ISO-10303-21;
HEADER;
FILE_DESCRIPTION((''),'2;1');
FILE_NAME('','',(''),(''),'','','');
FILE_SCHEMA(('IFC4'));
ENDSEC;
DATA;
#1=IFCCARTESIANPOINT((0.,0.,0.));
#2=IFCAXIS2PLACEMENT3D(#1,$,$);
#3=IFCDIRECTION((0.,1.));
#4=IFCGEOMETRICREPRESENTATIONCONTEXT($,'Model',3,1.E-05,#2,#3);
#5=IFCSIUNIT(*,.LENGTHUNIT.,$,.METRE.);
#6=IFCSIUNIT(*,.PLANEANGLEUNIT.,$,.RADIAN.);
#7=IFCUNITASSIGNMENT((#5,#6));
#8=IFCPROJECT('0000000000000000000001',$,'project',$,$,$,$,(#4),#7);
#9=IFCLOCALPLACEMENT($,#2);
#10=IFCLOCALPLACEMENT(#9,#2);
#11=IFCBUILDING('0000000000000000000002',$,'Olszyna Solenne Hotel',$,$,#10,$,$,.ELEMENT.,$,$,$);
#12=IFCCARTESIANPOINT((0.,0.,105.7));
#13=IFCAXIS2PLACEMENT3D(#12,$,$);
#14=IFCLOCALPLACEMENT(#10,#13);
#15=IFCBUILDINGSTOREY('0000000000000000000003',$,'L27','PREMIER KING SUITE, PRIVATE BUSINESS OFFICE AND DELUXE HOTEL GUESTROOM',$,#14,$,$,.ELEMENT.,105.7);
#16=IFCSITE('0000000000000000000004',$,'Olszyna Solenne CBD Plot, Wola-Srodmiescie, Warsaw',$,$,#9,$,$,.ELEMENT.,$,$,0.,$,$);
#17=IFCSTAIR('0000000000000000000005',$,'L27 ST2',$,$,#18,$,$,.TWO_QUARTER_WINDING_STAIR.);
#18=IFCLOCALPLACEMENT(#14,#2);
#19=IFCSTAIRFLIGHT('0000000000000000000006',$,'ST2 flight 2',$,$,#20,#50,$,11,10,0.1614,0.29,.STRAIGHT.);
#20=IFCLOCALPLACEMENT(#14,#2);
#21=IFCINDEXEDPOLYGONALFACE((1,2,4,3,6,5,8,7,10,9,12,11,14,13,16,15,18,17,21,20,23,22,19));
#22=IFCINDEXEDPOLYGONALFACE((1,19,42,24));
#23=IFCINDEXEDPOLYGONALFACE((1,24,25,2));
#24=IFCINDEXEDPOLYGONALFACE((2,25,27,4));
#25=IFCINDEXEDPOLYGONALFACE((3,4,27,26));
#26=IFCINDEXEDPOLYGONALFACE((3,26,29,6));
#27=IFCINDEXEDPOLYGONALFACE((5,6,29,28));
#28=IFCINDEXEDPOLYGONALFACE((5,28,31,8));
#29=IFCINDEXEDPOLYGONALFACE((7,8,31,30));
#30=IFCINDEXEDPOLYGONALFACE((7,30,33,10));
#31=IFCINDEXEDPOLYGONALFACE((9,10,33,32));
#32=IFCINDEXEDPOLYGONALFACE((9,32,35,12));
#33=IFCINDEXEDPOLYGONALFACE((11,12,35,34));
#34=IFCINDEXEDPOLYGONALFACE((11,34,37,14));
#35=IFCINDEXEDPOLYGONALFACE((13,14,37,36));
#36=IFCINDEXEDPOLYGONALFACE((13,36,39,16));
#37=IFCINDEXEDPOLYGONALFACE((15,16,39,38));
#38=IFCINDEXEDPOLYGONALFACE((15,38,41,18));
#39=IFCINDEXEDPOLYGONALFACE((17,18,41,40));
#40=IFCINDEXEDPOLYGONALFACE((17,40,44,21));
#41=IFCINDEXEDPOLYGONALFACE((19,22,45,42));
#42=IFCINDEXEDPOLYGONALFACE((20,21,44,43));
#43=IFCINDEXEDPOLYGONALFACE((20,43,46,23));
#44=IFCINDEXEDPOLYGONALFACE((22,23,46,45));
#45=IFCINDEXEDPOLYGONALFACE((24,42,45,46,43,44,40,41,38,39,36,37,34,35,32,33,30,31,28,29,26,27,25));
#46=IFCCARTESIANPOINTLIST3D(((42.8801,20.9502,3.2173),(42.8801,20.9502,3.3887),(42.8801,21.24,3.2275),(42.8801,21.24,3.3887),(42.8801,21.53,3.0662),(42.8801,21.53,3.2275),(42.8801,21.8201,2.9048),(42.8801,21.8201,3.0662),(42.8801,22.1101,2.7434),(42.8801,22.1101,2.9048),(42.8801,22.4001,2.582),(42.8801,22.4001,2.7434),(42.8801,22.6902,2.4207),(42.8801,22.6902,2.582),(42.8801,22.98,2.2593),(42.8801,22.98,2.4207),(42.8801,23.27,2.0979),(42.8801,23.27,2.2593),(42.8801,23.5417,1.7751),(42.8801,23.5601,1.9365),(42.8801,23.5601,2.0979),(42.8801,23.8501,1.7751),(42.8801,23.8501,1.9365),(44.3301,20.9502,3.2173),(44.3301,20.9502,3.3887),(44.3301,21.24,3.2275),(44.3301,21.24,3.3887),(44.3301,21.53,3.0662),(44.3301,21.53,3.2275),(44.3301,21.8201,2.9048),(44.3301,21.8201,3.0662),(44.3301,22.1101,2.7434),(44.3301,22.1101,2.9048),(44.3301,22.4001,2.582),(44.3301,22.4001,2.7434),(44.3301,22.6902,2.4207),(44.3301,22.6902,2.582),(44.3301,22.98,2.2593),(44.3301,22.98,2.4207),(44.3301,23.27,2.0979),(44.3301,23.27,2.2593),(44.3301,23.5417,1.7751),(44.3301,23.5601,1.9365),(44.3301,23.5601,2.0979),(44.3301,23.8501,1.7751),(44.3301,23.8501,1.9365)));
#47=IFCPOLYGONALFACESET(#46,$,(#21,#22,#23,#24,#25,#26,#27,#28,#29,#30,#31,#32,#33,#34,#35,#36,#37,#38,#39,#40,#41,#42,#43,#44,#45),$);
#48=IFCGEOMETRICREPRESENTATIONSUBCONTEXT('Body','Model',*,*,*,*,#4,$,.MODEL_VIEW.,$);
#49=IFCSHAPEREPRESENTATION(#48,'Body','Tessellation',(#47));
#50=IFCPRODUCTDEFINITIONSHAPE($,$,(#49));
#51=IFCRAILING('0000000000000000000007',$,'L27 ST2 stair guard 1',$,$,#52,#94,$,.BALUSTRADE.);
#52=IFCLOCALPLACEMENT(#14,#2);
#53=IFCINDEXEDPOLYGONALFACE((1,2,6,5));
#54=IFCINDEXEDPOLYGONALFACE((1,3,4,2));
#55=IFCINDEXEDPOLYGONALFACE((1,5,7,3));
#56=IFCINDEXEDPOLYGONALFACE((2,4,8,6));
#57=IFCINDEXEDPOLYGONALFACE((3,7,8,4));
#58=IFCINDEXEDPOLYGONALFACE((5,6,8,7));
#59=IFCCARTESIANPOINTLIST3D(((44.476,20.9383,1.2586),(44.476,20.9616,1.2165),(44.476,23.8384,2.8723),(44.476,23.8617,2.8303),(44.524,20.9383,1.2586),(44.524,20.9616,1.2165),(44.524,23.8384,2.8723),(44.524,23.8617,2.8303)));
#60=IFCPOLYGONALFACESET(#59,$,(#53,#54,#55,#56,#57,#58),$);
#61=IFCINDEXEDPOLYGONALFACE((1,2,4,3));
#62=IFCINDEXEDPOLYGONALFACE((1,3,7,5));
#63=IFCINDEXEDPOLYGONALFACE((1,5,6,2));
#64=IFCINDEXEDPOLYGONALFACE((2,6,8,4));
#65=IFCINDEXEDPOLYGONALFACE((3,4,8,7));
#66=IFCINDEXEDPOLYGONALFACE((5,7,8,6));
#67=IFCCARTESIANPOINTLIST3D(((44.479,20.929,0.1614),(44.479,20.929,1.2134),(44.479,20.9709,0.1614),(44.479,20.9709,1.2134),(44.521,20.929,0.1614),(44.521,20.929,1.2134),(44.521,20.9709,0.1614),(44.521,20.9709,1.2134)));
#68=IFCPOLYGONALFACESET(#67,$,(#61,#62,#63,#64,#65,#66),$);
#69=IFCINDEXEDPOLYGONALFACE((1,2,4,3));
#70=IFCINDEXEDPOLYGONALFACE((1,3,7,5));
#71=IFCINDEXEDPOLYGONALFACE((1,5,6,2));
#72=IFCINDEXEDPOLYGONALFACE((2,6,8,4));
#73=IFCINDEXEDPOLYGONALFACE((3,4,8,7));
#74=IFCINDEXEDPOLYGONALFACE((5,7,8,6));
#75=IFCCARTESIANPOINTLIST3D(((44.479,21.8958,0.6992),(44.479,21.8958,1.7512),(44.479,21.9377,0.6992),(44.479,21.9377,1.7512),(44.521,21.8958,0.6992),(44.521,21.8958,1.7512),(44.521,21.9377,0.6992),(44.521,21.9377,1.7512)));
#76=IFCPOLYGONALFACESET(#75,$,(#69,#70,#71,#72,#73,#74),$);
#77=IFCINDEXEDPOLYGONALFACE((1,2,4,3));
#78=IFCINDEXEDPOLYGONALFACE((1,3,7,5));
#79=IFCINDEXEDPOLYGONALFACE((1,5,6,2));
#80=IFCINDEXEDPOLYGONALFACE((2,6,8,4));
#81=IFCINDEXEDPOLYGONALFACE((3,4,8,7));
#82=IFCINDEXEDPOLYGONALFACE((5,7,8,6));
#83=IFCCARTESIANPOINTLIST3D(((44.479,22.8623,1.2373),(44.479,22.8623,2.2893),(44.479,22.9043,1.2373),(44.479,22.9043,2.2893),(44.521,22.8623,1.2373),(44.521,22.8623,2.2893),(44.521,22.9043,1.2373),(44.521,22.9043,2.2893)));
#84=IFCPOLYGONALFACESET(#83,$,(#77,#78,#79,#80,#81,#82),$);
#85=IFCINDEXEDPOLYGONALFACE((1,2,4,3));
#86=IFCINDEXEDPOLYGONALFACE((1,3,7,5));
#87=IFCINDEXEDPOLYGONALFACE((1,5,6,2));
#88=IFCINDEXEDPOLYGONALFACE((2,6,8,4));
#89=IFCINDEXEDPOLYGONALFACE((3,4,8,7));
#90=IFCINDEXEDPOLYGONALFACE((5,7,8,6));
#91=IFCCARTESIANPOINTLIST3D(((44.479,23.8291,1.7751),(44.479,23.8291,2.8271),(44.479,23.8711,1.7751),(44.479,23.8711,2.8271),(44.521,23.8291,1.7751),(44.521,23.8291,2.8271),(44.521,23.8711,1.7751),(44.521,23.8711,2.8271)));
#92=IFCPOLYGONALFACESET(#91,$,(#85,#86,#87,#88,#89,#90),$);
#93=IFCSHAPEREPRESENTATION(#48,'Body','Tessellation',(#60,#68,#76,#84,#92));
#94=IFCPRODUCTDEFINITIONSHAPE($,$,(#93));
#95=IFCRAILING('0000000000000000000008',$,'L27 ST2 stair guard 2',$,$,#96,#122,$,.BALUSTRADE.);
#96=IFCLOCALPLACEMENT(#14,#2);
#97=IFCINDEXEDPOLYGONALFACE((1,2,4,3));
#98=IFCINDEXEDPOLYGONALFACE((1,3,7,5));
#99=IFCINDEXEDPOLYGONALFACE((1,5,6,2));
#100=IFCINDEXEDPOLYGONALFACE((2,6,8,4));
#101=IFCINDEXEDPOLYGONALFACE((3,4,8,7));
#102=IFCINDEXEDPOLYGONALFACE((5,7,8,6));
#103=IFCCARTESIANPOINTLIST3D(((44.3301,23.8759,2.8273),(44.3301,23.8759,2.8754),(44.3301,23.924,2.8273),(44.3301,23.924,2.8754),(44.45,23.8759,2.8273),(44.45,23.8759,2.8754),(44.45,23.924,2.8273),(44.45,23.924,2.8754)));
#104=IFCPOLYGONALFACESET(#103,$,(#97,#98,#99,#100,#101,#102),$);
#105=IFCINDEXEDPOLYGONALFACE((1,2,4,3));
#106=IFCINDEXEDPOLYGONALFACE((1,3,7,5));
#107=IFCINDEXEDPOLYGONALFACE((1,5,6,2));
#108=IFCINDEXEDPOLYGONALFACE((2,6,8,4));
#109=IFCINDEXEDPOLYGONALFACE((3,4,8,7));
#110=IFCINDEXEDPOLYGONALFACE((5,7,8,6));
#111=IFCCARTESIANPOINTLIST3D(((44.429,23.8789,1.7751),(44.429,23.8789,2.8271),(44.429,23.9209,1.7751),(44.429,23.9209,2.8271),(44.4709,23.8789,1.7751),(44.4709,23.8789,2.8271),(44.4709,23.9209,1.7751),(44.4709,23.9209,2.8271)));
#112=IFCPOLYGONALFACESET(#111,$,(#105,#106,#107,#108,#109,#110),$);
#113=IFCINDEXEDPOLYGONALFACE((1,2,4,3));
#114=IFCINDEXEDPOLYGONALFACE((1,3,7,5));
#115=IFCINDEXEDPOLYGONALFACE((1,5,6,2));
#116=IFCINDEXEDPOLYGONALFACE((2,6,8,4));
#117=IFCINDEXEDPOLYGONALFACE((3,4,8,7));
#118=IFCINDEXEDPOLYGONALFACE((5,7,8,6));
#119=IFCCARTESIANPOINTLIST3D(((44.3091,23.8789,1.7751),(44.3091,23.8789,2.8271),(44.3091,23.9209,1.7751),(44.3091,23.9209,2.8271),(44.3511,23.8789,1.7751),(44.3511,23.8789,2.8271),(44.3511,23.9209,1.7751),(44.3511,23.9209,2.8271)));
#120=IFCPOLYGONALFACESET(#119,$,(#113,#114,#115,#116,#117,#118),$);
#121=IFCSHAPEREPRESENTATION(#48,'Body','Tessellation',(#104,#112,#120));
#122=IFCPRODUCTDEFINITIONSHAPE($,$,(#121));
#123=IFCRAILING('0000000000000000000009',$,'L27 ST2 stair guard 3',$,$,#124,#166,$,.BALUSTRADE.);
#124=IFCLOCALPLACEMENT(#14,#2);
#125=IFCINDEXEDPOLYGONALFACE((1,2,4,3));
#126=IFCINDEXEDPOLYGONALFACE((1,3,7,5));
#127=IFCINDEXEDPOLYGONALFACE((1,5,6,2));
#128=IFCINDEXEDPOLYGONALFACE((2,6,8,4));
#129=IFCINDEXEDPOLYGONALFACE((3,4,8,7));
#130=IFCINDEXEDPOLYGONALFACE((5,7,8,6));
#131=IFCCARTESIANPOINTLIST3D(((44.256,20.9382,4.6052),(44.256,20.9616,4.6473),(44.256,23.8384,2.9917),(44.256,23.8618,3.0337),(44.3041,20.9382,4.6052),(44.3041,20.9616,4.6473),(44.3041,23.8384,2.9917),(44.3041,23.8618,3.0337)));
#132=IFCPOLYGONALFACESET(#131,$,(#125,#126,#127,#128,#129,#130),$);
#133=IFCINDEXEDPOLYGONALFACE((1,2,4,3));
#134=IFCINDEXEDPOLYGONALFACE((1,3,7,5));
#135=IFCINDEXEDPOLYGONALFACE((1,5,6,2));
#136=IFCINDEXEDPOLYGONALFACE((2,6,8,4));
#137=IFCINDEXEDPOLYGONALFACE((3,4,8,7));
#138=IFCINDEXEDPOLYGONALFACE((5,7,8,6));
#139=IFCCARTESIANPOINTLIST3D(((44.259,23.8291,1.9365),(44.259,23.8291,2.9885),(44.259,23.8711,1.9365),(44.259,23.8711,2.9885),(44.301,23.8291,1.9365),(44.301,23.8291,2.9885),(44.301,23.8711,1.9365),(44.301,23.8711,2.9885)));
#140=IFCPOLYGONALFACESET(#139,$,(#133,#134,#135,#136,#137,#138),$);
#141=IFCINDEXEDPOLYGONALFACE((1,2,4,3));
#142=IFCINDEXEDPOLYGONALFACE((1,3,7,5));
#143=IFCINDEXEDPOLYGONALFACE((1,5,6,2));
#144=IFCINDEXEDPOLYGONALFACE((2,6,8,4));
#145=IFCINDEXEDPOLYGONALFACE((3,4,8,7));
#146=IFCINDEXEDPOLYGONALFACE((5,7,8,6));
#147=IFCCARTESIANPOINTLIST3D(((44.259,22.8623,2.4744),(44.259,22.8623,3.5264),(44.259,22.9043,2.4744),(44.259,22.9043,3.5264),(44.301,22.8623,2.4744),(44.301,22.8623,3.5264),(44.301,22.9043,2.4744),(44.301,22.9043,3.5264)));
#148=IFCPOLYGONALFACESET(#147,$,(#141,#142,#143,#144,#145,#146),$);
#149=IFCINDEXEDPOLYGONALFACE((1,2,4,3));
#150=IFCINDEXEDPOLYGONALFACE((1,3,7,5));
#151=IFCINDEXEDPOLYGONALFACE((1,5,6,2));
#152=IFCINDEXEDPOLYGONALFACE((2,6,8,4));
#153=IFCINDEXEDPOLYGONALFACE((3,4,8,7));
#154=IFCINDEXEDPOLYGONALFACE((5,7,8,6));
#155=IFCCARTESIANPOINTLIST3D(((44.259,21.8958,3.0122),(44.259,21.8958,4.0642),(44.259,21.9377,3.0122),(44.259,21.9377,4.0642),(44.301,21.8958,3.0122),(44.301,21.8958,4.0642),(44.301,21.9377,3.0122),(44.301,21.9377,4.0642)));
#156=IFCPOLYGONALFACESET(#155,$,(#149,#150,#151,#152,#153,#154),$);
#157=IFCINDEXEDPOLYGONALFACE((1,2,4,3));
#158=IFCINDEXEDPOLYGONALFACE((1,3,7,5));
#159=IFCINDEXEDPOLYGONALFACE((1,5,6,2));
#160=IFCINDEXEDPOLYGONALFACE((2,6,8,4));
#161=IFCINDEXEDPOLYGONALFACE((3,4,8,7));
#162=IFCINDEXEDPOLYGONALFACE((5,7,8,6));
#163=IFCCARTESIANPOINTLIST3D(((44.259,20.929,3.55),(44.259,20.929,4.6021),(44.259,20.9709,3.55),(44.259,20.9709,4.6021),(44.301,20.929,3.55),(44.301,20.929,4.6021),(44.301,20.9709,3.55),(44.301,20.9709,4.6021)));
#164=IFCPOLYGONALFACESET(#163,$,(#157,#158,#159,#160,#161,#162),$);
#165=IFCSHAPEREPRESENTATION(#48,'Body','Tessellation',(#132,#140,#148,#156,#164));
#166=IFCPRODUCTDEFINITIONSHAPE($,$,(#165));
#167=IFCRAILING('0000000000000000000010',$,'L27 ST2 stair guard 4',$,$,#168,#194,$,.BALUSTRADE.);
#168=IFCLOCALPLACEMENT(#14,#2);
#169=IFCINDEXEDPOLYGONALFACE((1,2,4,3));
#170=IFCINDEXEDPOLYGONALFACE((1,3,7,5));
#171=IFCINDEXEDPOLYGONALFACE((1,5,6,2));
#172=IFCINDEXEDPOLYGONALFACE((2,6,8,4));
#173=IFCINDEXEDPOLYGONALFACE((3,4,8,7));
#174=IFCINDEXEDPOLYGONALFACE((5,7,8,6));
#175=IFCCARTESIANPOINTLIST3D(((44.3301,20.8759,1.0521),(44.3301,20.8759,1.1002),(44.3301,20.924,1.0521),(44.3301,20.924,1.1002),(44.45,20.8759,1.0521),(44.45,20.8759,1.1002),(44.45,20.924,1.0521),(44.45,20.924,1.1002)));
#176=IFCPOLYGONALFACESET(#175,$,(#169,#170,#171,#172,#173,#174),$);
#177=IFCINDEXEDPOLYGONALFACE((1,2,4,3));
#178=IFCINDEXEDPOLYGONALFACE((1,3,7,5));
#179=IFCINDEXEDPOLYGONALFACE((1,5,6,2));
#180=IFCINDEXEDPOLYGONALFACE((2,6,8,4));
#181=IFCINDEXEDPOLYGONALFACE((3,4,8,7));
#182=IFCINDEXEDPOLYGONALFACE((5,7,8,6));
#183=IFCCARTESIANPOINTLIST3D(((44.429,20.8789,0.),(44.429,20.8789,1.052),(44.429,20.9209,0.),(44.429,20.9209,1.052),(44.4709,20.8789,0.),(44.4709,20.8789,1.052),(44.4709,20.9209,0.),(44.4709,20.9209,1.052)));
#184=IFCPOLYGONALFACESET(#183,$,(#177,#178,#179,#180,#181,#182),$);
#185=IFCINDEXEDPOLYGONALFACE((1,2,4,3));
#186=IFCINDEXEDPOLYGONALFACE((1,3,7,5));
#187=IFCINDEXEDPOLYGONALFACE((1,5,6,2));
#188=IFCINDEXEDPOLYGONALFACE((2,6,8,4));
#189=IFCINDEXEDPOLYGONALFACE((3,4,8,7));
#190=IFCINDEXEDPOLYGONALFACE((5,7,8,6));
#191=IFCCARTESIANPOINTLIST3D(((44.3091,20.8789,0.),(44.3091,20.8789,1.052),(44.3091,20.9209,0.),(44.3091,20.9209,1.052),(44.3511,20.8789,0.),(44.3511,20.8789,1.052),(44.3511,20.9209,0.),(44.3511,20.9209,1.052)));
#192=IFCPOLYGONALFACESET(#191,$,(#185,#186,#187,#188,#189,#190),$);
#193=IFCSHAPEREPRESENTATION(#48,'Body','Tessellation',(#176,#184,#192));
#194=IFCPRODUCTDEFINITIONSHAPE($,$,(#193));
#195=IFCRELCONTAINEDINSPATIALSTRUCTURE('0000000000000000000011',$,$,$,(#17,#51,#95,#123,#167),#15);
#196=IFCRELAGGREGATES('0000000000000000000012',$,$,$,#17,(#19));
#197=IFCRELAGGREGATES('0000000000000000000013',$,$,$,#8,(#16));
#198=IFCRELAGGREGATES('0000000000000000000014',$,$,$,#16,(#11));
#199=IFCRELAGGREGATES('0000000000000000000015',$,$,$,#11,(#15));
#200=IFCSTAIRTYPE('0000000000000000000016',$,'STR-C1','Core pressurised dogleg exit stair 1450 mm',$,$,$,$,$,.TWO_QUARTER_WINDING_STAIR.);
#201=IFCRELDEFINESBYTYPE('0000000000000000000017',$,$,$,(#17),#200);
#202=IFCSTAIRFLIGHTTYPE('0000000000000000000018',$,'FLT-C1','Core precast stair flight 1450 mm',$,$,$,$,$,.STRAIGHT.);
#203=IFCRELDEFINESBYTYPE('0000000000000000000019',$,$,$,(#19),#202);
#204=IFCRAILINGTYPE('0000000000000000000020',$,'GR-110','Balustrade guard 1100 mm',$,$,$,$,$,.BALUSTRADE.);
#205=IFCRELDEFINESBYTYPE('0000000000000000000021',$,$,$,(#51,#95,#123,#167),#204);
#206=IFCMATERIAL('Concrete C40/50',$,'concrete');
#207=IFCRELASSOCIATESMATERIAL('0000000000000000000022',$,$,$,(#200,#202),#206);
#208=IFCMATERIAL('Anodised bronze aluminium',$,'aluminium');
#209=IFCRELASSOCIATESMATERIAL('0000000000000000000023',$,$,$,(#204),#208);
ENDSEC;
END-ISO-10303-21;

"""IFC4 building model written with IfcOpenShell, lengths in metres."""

from ifc_helpers import new_model, si_unit, direction, frame, origin, origin_2d, place, context, subcontext, project, spatial, polyline, rectangle, outline, extrude, material, type_object, element, aggregate, save


model = new_model("IFC4")

# Units and contexts
model_context = context("Model", 3, precision=1e-05, world=origin(), true_north=direction((0.0, 1.0)))
body_context = subcontext(model_context, "Body", "Model", "MODEL_VIEW")
ifc_project = project(units=[si_unit("LENGTHUNIT", "METRE"), si_unit("PLANEANGLEUNIT", "RADIAN")], contexts=[model_context])

# Site, building, storey
site_placement = place(None, origin())
site = spatial("IfcSite", under=ifc_project, at=site_placement, Name="Olszyna Solenne CBD Plot, Wola-Srodmiescie, Warsaw", CompositionType="ELEMENT", RefElevation=0.0)
building_placement = place(site_placement, origin())
building = spatial("IfcBuilding", under=site, at=building_placement, Name="Olszyna Solenne Hotel", CompositionType="ELEMENT")
storey_placement = place(building_placement, frame((0.0, 0.0, 105.7)))
storey = spatial("IfcBuildingStorey", under=building, at=storey_placement, Name="L27", Description="PREMIER KING SUITE, PRIVATE BUSINESS OFFICE AND DELUXE HOTEL GUESTROOM", CompositionType="ELEMENT", Elevation=105.7)

# Stair, stair flight
ifc_material_1 = material(Name="Concrete C40/50", Category="concrete")
stair_type = type_object("IfcStairType", Name="STR-C1", Description="Core pressurised dogleg exit stair 1450 mm", PredefinedType="TWO_QUARTER_WINDING_STAIR", material=ifc_material_1)
stair_placement = place(storey_placement, origin())
stair = element("IfcStair", 1, at=stair_placement, inside=storey, type_object=stair_type, Name="L27 ST2", PredefinedType="TWO_QUARTER_WINDING_STAIR")
stair_flight_type = type_object("IfcStairFlightType", Name="FLT-C1", Description="Core precast stair flight 1450 mm", PredefinedType="STRAIGHT", material=ifc_material_1)
stair_flight_1_placement = place(storey_placement, frame((43.605, 23.8501, 1.7751), z_axis=(0.0, 0.0, 1.0), x_axis=(0.0, -1.0, 0.0)))
stair_flight_1 = element("IfcStairFlight", 2, at=stair_flight_1_placement, type_object=stair_flight_type, Name="ST2 flight 2", NumberOfRisers=11, NumberOfTreads=10, PredefinedType="STRAIGHT", RiserHeight=0.1614, TreadLength=0.29, context=body_context, shape_type="SweptSolid", body=[
    extrude(outline(polyline([(0.0, 0.0), (0.0, 0.1614), (0.29, 0.1614), (0.29, 0.3228), (0.5801, 0.3228), (0.5801, 0.4841), (0.8701, 0.4841), (0.8701, 0.6455), (1.1599, 0.6455), (1.1599, 0.8069), (1.45, 0.8069), (1.45, 0.9683), (1.74, 0.9683), (1.74, 1.1296), (2.03, 1.1296), (2.03, 1.291), (2.3201, 1.291), (2.3201, 1.4524), (2.6101, 1.4524), (2.6101, 1.6135), (2.8999, 1.6135), (2.8999, 1.7749), (2.8999, 1.4421), (0.3083, 0.0), (0.0, 0.0)])), frame((0.0, 0.7251, 0.0), z_axis=(0.0, -1.0, 0.0), x_axis=(1.0, 0.0, 0.0)), (0.0, 0.0, 1.0), 1.45),
])
aggregate(stair, [stair_flight_1])

# Railings
ifc_material_2 = material(Name="Anodised bronze aluminium", Category="aluminium")
railing_type_1 = type_object("IfcRailingType", Name="GR-110", Description="Balustrade guard 1100 mm", PredefinedType="BALUSTRADE", material=ifc_material_2)
railing_1_placement = place(storey_placement, frame((44.5, 20.95, 0.1614)))
element("IfcRailing", 3, at=railing_1_placement, inside=storey, type_object=railing_type_1, Name="L27 ST2 stair guard 1", PredefinedType="BALUSTRADE", context=body_context, shape_type="SweptSolid", body=[
    extrude(rectangle(XDim=0.0481, YDim=0.0481, at=origin_2d()), frame((0.0, 0.0, 1.0762), z_axis=(0.0, 0.873827, 0.486236), x_axis=(-1.0, 0.0, 0.0)), (0.0, 0.0, 1.0), 3.3188),
    extrude(rectangle(XDim=0.042, YDim=0.042, at=origin_2d()), origin(), (0.0, 0.0, 1.0), 1.052),
    extrude(rectangle(XDim=0.042, YDim=0.042, at=origin_2d()), frame((0.0, 0.9668, 0.5378)), (0.0, 0.0, 1.0), 1.052),
    extrude(rectangle(XDim=0.042, YDim=0.042, at=origin_2d()), frame((0.0, 1.9333, 1.0759)), (0.0, 0.0, 1.0), 1.052),
    extrude(rectangle(XDim=0.042, YDim=0.042, at=origin_2d()), frame((0.0, 2.9001, 1.6138)), (0.0, 0.0, 1.0), 1.052),
])
railing_2_placement = place(storey_placement, frame((44.45, 23.8999, 1.7751)))
element("IfcRailing", 4, at=railing_2_placement, inside=storey, type_object=railing_type_1, Name="L27 ST2 stair guard 2", PredefinedType="BALUSTRADE", context=body_context, shape_type="SweptSolid", body=[
    extrude(rectangle(XDim=0.0481, YDim=0.0481, at=origin_2d()), frame((0.0, 0.0, 1.0762), z_axis=(-1.0, 0.0, 0.0), x_axis=(0.0, -1.0, 0.0)), (0.0, 0.0, 1.0), 0.1199),
    extrude(rectangle(XDim=0.042, YDim=0.042, at=origin_2d()), origin(), (0.0, 0.0, 1.0), 1.052),
    extrude(rectangle(XDim=0.042, YDim=0.042, at=origin_2d()), frame((-0.1199, 0.0, 0.0)), (0.0, 0.0, 1.0), 1.052),
])
railing_3_placement = place(storey_placement, frame((44.28, 23.8501, 1.9365)))
element("IfcRailing", 5, at=railing_3_placement, inside=storey, type_object=railing_type_1, Name="L27 ST2 stair guard 3", PredefinedType="BALUSTRADE", context=body_context, shape_type="SweptSolid", body=[
    extrude(rectangle(XDim=0.0481, YDim=0.0481, at=origin_2d()), frame((0.0, 0.0, 1.0762), z_axis=(0.0, -0.873859, 0.48618), x_axis=(1.0, 0.0, 0.0)), (0.0, 0.0, 1.0), 3.3188),
    extrude(rectangle(XDim=0.042, YDim=0.042, at=origin_2d()), origin(), (0.0, 0.0, 1.0), 1.052),
    extrude(rectangle(XDim=0.042, YDim=0.042, at=origin_2d()), frame((0.0, -0.9668, 0.5378)), (0.0, 0.0, 1.0), 1.052),
    extrude(rectangle(XDim=0.042, YDim=0.042, at=origin_2d()), frame((0.0, -1.9333, 1.0757)), (0.0, 0.0, 1.0), 1.052),
    extrude(rectangle(XDim=0.042, YDim=0.042, at=origin_2d()), frame((0.0, -2.9001, 1.6135)), (0.0, 0.0, 1.0), 1.052),
])
railing_4_placement = place(storey_placement, frame((44.45, 20.8999, 0.0)))
element("IfcRailing", 6, at=railing_4_placement, inside=storey, type_object=railing_type_1, Name="L27 ST2 stair guard 4", PredefinedType="BALUSTRADE", context=body_context, shape_type="SweptSolid", body=[
    extrude(rectangle(XDim=0.0481, YDim=0.0481, at=origin_2d()), frame((0.0, 0.0, 1.0762), z_axis=(-1.0, 0.0, 0.0), x_axis=(0.0, -1.0, 0.0)), (0.0, 0.0, 1.0), 0.1199),
    extrude(rectangle(XDim=0.042, YDim=0.042, at=origin_2d()), origin(), (0.0, 0.0, 1.0), 1.052),
    extrude(rectangle(XDim=0.042, YDim=0.042, at=origin_2d()), frame((-0.1199, 0.0, 0.0)), (0.0, 0.0, 1.0), 1.052),
])

save(model, "model.ifc")
